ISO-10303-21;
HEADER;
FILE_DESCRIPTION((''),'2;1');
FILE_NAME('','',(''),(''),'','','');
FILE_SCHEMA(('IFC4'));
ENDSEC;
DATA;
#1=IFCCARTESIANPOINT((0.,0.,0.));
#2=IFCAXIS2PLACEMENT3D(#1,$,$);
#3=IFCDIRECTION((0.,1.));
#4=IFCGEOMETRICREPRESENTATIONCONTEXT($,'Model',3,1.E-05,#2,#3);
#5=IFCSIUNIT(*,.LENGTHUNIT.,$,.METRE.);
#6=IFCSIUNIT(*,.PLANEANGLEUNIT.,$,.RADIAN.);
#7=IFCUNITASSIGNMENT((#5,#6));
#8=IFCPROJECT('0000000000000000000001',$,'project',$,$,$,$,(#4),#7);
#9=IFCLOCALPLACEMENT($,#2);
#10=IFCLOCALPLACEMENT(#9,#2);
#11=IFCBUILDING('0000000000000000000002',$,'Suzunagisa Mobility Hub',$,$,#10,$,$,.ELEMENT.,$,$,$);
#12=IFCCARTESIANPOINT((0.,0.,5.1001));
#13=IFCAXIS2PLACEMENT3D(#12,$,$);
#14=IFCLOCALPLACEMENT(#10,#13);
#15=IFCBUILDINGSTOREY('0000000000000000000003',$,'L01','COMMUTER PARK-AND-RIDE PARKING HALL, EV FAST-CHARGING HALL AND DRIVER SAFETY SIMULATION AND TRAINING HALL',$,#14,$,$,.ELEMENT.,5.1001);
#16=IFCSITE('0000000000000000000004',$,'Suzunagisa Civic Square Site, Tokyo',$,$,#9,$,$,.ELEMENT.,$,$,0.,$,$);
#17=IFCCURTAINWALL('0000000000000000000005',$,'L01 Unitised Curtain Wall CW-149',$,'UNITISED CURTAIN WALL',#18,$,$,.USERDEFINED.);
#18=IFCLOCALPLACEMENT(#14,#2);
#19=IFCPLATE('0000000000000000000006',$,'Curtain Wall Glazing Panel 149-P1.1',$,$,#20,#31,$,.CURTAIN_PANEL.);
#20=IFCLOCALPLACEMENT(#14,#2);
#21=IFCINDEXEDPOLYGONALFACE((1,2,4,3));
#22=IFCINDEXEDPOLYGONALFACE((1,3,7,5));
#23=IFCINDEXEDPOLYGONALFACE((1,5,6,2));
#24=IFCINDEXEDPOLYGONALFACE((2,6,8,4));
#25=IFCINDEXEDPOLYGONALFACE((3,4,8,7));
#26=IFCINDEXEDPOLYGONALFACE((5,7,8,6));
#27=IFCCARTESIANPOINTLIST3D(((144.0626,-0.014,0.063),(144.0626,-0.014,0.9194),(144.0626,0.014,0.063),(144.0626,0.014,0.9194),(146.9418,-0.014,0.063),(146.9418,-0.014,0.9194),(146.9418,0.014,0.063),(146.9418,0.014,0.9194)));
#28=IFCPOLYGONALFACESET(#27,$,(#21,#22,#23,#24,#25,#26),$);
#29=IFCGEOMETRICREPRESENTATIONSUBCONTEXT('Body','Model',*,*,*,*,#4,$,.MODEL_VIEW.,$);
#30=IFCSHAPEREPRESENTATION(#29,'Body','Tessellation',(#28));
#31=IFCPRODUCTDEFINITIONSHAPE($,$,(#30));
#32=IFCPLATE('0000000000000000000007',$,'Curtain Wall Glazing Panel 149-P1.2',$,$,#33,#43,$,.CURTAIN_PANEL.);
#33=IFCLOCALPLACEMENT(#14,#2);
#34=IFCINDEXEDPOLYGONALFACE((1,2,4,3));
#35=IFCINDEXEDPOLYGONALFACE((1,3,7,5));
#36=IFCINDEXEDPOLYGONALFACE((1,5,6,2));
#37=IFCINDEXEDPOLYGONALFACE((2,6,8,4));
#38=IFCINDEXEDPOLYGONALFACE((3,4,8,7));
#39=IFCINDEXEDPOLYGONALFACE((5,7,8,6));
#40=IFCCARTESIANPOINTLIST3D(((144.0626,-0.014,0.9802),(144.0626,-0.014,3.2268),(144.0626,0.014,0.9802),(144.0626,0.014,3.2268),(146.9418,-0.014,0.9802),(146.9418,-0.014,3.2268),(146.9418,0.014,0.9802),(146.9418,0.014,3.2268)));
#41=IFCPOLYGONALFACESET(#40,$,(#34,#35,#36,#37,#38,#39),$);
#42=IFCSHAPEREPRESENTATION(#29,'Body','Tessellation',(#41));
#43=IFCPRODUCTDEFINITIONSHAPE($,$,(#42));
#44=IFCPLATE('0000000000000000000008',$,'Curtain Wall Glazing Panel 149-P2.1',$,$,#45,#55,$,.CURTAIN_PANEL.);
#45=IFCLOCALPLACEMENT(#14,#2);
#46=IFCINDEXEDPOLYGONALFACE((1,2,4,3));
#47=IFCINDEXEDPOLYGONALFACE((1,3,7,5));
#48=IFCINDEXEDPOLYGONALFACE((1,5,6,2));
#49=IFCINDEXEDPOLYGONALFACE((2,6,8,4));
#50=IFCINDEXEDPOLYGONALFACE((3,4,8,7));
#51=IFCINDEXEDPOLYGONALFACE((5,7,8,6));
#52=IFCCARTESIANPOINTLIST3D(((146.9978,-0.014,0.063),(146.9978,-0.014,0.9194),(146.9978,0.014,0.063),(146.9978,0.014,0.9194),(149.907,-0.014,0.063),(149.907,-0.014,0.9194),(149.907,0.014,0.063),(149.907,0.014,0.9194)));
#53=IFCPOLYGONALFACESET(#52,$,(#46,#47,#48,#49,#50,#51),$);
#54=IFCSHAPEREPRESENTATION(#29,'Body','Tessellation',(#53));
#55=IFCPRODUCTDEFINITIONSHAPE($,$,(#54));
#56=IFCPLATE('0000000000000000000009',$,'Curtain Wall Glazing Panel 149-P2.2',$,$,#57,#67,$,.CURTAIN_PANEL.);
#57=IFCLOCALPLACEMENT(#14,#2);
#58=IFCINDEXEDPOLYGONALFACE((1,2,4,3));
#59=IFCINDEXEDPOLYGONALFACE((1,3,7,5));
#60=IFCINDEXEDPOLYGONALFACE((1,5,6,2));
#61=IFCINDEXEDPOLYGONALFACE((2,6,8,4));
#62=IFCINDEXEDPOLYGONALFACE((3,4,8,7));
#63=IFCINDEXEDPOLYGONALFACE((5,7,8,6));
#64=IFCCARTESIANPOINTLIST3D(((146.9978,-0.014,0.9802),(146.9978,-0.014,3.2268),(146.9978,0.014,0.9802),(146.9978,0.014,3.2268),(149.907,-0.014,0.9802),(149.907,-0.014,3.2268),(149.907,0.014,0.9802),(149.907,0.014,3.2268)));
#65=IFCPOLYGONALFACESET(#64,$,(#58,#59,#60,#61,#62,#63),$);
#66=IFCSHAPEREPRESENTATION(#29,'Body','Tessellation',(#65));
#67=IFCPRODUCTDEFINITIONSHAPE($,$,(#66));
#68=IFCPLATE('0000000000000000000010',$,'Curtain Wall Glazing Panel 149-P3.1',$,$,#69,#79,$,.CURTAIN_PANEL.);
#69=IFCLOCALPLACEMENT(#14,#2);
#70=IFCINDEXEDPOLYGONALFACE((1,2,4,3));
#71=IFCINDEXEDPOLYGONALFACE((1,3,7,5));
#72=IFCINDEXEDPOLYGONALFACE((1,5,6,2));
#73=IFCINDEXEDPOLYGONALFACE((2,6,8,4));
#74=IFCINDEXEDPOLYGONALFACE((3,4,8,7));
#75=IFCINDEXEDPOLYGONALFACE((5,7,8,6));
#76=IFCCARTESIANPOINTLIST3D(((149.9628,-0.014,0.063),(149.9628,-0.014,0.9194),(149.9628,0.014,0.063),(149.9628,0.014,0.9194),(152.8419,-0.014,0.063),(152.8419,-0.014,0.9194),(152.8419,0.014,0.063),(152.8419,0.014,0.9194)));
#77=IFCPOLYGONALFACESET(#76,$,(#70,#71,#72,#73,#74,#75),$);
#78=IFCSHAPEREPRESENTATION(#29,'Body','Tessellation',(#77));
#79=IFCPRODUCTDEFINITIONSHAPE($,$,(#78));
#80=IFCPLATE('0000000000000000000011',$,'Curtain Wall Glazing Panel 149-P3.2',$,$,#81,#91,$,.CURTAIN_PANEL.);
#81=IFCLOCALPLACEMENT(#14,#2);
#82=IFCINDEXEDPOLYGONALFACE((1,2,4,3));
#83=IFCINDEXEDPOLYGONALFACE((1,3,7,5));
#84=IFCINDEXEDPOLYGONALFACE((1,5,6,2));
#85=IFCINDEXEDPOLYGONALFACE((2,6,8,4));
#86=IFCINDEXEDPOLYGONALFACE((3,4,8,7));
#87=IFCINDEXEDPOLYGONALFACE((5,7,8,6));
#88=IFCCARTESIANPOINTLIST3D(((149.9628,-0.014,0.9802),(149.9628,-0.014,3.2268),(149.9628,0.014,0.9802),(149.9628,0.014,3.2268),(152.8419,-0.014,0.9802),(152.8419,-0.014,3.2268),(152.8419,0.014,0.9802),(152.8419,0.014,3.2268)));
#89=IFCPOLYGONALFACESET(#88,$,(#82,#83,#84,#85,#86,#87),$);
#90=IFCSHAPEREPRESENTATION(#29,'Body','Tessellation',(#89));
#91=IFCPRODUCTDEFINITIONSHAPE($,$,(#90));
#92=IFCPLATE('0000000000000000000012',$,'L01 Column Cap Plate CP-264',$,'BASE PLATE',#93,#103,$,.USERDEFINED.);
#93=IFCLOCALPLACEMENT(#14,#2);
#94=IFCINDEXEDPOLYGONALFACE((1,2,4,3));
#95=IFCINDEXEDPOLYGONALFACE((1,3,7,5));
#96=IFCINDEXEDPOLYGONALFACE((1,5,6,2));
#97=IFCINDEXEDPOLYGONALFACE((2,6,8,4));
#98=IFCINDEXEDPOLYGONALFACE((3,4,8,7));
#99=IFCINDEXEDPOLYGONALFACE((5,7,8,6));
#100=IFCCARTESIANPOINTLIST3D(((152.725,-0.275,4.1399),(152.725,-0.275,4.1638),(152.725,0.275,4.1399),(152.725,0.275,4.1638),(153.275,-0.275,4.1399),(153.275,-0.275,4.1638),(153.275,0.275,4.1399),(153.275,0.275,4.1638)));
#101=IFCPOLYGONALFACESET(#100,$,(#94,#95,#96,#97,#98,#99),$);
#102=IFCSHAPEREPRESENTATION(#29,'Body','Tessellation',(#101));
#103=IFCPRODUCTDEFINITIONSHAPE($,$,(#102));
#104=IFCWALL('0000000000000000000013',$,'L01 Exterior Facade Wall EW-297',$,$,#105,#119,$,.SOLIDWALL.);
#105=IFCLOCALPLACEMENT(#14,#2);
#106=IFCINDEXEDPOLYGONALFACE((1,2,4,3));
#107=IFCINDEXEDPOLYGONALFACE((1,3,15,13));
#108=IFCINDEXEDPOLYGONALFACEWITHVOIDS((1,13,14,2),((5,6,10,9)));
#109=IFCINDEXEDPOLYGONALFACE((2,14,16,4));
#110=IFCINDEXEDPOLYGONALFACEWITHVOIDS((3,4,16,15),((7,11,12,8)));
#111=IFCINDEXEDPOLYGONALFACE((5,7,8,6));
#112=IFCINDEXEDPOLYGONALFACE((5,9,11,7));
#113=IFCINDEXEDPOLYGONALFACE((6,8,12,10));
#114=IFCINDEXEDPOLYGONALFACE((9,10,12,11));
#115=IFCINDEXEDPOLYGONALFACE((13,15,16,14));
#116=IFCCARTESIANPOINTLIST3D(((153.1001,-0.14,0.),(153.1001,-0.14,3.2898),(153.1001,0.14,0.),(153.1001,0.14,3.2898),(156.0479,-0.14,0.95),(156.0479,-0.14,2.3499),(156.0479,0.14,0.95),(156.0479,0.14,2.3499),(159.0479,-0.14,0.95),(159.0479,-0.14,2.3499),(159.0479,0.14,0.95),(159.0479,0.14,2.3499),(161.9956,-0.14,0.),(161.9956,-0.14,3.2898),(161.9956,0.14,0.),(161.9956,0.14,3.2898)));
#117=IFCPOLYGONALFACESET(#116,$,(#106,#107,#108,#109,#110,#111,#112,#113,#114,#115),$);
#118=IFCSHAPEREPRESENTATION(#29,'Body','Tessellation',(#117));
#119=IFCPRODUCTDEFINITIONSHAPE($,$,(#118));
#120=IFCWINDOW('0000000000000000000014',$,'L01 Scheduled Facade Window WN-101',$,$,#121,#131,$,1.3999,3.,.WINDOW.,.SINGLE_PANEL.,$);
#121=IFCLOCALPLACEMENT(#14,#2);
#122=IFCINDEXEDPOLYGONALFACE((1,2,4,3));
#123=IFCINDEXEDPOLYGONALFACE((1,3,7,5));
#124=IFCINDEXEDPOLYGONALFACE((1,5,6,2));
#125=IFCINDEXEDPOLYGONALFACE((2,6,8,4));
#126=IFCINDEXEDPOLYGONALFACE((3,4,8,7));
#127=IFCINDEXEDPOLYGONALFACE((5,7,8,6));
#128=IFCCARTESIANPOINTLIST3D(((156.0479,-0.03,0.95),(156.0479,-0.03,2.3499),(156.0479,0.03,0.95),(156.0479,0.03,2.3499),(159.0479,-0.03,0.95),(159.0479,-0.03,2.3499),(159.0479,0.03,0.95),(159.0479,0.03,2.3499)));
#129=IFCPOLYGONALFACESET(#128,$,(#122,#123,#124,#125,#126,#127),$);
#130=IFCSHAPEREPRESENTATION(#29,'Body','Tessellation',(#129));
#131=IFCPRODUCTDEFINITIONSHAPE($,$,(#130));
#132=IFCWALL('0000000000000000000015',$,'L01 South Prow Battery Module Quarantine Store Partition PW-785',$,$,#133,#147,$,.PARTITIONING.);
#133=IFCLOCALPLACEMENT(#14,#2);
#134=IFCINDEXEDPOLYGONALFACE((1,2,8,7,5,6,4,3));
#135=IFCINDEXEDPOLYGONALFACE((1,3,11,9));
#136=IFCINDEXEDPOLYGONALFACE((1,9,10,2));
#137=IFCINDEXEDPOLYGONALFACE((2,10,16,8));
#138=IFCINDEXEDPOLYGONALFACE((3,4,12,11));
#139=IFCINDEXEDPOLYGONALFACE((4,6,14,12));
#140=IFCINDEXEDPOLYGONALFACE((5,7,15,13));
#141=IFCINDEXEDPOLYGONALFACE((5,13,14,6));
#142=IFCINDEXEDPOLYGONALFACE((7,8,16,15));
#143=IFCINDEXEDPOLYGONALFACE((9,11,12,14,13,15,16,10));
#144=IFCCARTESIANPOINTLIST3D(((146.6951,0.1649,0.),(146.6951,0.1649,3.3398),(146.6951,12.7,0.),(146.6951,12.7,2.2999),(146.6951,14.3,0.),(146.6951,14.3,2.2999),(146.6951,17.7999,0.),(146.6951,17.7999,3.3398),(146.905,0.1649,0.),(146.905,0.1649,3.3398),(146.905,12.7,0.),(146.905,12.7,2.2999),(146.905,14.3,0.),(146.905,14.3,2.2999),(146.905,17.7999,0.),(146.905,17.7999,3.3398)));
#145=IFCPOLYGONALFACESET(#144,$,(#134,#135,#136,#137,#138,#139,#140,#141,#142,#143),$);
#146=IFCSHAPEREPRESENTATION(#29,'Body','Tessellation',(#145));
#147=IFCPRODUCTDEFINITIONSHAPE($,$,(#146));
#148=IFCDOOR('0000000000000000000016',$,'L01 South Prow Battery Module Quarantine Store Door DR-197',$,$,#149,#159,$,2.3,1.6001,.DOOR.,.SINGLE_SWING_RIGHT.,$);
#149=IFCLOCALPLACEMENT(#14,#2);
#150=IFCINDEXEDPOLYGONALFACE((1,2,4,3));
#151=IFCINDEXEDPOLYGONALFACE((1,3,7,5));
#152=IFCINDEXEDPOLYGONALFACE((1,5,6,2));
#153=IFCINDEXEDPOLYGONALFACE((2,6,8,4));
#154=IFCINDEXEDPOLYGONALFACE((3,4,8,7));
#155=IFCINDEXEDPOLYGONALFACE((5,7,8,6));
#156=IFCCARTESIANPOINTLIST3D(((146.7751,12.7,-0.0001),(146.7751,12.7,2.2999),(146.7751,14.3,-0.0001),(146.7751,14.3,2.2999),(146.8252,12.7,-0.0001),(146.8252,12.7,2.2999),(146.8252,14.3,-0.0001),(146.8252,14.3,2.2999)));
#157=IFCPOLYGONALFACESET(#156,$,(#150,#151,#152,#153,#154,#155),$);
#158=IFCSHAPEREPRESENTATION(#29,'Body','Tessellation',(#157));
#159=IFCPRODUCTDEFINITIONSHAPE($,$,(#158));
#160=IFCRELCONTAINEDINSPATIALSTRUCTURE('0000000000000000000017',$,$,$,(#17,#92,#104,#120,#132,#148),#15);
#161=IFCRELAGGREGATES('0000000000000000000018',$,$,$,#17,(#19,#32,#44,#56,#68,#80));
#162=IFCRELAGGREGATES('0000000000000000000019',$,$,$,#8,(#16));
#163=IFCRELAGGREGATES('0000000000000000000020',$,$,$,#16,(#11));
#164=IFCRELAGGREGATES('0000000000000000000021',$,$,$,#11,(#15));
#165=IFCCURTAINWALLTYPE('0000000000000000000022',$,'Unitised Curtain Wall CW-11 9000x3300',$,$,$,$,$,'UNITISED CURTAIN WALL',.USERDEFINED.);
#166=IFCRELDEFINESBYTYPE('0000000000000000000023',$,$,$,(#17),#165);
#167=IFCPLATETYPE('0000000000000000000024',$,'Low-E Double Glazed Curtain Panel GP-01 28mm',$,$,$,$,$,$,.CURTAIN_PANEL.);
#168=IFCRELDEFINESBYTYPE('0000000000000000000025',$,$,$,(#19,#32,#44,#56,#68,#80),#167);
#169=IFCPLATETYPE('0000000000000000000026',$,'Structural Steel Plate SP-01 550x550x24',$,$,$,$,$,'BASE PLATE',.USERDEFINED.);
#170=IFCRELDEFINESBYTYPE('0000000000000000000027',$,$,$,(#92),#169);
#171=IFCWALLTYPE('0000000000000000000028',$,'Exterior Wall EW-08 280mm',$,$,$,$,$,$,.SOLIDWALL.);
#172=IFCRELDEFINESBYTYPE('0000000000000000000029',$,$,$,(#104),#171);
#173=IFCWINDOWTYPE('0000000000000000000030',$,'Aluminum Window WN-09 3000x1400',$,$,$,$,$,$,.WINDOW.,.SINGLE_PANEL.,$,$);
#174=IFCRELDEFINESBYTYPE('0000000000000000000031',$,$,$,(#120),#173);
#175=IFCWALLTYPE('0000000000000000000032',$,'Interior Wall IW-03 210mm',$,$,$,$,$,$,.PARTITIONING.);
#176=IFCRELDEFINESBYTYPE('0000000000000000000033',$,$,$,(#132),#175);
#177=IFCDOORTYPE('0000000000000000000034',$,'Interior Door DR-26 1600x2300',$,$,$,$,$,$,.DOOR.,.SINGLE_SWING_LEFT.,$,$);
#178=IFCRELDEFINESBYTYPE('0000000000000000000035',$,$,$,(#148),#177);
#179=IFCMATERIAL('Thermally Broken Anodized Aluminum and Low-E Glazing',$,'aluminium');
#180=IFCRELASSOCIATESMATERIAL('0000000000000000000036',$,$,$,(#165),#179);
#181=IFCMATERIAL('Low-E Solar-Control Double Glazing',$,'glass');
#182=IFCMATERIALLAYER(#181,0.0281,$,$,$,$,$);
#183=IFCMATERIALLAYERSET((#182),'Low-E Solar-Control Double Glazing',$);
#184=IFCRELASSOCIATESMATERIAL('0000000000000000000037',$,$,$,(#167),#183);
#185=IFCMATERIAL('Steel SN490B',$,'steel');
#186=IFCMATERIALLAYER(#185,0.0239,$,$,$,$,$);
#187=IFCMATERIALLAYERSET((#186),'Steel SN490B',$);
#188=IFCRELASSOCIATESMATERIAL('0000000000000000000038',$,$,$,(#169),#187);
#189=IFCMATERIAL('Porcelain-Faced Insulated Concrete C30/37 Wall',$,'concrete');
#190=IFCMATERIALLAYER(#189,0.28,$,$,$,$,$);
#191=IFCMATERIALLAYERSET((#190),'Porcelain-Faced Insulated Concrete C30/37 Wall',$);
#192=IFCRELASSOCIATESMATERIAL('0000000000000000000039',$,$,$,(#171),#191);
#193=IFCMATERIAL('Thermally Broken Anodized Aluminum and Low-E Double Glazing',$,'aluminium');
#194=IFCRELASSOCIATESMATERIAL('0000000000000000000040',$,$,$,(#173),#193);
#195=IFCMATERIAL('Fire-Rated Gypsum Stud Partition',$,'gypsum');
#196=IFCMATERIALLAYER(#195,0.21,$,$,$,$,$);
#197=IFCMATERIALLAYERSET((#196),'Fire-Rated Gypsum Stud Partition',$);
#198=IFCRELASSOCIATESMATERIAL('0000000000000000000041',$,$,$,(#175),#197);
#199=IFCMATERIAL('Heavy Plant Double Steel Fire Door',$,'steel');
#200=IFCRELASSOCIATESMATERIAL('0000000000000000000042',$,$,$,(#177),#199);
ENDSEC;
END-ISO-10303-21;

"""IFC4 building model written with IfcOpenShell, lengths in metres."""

from ifc_helpers import new_model, si_unit, direction, frame, frame_2d, origin, origin_2d, place, context, subcontext, project, spatial, rectangle, extrude, material, layer, layer_set, type_object, element, fill, aggregate, save


model = new_model("IFC4")

# Units and contexts
model_context = context("Model", 3, precision=1e-05, world=origin(), true_north=direction((0.0, 1.0)))
body_context = subcontext(model_context, "Body", "Model", "MODEL_VIEW")
ifc_project = project(units=[si_unit("LENGTHUNIT", "METRE"), si_unit("PLANEANGLEUNIT", "RADIAN")], contexts=[model_context])

# Site, building, storey
site_placement = place(None, origin())
site = spatial("IfcSite", under=ifc_project, at=site_placement, Name="Suzunagisa Civic Square Site, Tokyo", CompositionType="ELEMENT", RefElevation=0.0)
building_placement = place(site_placement, origin())
building = spatial("IfcBuilding", under=site, at=building_placement, Name="Suzunagisa Mobility Hub", CompositionType="ELEMENT")
storey_placement = place(building_placement, frame((0.0, 0.0, 5.1001)))
storey = spatial("IfcBuildingStorey", under=building, at=storey_placement, Name="L01", Description="COMMUTER PARK-AND-RIDE PARKING HALL, EV FAST-CHARGING HALL AND DRIVER SAFETY SIMULATION AND TRAINING HALL", CompositionType="ELEMENT", Elevation=5.1001)

# Shared definitions
ifc_material_1 = material(Name="Steel SN490B", Category="steel")

# Curtain wall
ifc_material_2 = material(Name="Thermally Broken Anodized Aluminum and Low-E Glazing", Category="aluminium")
curtain_wall_type = type_object("IfcCurtainWallType", Name="Unitised Curtain Wall CW-11 9000x3300", ElementType="UNITISED CURTAIN WALL", PredefinedType="USERDEFINED", material=ifc_material_2)
curtain_wall_placement = place(storey_placement, origin())
curtain_wall = element("IfcCurtainWall", 1, at=curtain_wall_placement, inside=storey, type_object=curtain_wall_type, Name="L01 Unitised Curtain Wall CW-149", ObjectType="UNITISED CURTAIN WALL", PredefinedType="USERDEFINED")

# Plates
ifc_material_3 = material(Name="Low-E Solar-Control Double Glazing", Category="glass")
ifc_layer_1 = layer(ifc_material_3, 0.0281)
ifc_layer_set_1 = layer_set([ifc_layer_1], Name="Low-E Solar-Control Double Glazing")
plate_type_1 = type_object("IfcPlateType", Name="Low-E Double Glazed Curtain Panel GP-01 28mm", PredefinedType="CURTAIN_PANEL", material=ifc_layer_set_1)
plate_1_placement = place(storey_placement, frame((145.5022, 0.0, 0.063), z_axis=(0.0, 0.0, 1.0), x_axis=(1.0, 0.0, 0.0)))
plate_1 = element("IfcPlate", 2, at=plate_1_placement, type_object=plate_type_1, Name="Curtain Wall Glazing Panel 149-P1.1", PredefinedType="CURTAIN_PANEL", context=body_context, shape_type="SweptSolid", body=[
    extrude(rectangle(XDim=2.8792, YDim=0.0281, at=origin_2d()), origin(), (0.0, 0.0, 1.0), 0.8564),
])
plate_2_placement = place(storey_placement, frame((145.5022, 0.0, 0.9802), z_axis=(0.0, 0.0, 1.0), x_axis=(1.0, 0.0, 0.0)))
plate_2 = element("IfcPlate", 3, at=plate_2_placement, type_object=plate_type_1, Name="Curtain Wall Glazing Panel 149-P1.2", PredefinedType="CURTAIN_PANEL", context=body_context, shape_type="SweptSolid", body=[
    extrude(rectangle(XDim=2.8792, YDim=0.0281, at=origin_2d()), origin(), (0.0, 0.0, 1.0), 2.2466),
])
plate_3_placement = place(storey_placement, frame((148.4524, 0.0, 0.063), z_axis=(0.0, 0.0, 1.0), x_axis=(1.0, 0.0, 0.0)))
plate_3 = element("IfcPlate", 4, at=plate_3_placement, type_object=plate_type_1, Name="Curtain Wall Glazing Panel 149-P2.1", PredefinedType="CURTAIN_PANEL", context=body_context, shape_type="SweptSolid", body=[
    extrude(rectangle(XDim=2.9092, YDim=0.0281, at=origin_2d()), origin(), (0.0, 0.0, 1.0), 0.8564),
])
plate_4_placement = place(storey_placement, frame((148.4524, 0.0, 0.9802), z_axis=(0.0, 0.0, 1.0), x_axis=(1.0, 0.0, 0.0)))
plate_4 = element("IfcPlate", 5, at=plate_4_placement, type_object=plate_type_1, Name="Curtain Wall Glazing Panel 149-P2.2", PredefinedType="CURTAIN_PANEL", context=body_context, shape_type="SweptSolid", body=[
    extrude(rectangle(XDim=2.9092, YDim=0.0281, at=origin_2d()), origin(), (0.0, 0.0, 1.0), 2.2466),
])
plate_5_placement = place(storey_placement, frame((151.4023, 0.0, 0.063), z_axis=(0.0, 0.0, 1.0), x_axis=(1.0, 0.0, 0.0)))
plate_5 = element("IfcPlate", 6, at=plate_5_placement, type_object=plate_type_1, Name="Curtain Wall Glazing Panel 149-P3.1", PredefinedType="CURTAIN_PANEL", context=body_context, shape_type="SweptSolid", body=[
    extrude(rectangle(XDim=2.8792, YDim=0.0281, at=origin_2d()), origin(), (0.0, 0.0, 1.0), 0.8564),
])
plate_6_placement = place(storey_placement, frame((151.4023, 0.0, 0.9802), z_axis=(0.0, 0.0, 1.0), x_axis=(1.0, 0.0, 0.0)))
plate_6 = element("IfcPlate", 7, at=plate_6_placement, type_object=plate_type_1, Name="Curtain Wall Glazing Panel 149-P3.2", PredefinedType="CURTAIN_PANEL", context=body_context, shape_type="SweptSolid", body=[
    extrude(rectangle(XDim=2.8792, YDim=0.0281, at=origin_2d()), origin(), (0.0, 0.0, 1.0), 2.2466),
])
aggregate(curtain_wall, [plate_1, plate_2, plate_3, plate_4, plate_5, plate_6])
ifc_layer_2 = layer(ifc_material_1, 0.0239)
ifc_layer_set_2 = layer_set([ifc_layer_2], Name="Steel SN490B")
plate_type_2 = type_object("IfcPlateType", Name="Structural Steel Plate SP-01 550x550x24", ElementType="BASE PLATE", PredefinedType="USERDEFINED", material=ifc_layer_set_2)
plate_7_placement = place(storey_placement, frame((153.0, 0.0, 4.1399), z_axis=(0.0, 0.0, 1.0), x_axis=(1.0, 0.0, 0.0)))
element("IfcPlate", 8, at=plate_7_placement, inside=storey, type_object=plate_type_2, Name="L01 Column Cap Plate CP-264", ObjectType="BASE PLATE", PredefinedType="USERDEFINED", context=body_context, shape_type="SweptSolid", body=[
    extrude(rectangle(XDim=0.55, YDim=0.55, at=origin_2d()), origin(), (0.0, 0.0, 1.0), 0.0239),
])

# Wall, opening, window
ifc_material_4 = material(Name="Porcelain-Faced Insulated Concrete C30/37 Wall", Category="concrete")
ifc_layer_3 = layer(ifc_material_4, 0.28)
ifc_layer_set_3 = layer_set([ifc_layer_3], Name="Porcelain-Faced Insulated Concrete C30/37 Wall")
wall_type_1 = type_object("IfcWallType", Name="Exterior Wall EW-08 280mm", PredefinedType="SOLIDWALL", material=ifc_layer_set_3)
wall_1_placement = place(storey_placement, frame((153.1001, 0.0, 0.0), z_axis=(0.0, 0.0, 1.0), x_axis=(1.0, 0.0, 0.0)))
wall_1 = element("IfcWall", 9, at=wall_1_placement, inside=storey, type_object=wall_type_1, Name="L01 Exterior Facade Wall EW-297", PredefinedType="SOLIDWALL", context=body_context, shape_type="SweptSolid", body=[
    extrude(rectangle(XDim=8.8955, YDim=0.28, at=frame_2d((4.4478, 0.0))), origin(), (0.0, 0.0, 1.0), 3.2898),
])
opening_1_placement = place(wall_1_placement, frame((2.9478, 0.0, 0.95)))
opening_1 = element("IfcOpeningElement", 10, at=opening_1_placement, cuts=wall_1, PredefinedType="OPENING", context=body_context, shape_type="SweptSolid", body=[
    extrude(rectangle(XDim=3.0, YDim=1.3999, at=frame_2d((1.5, 0.7))), frame((0.0, 0.1509, 0.0), z_axis=(0.0, -1.0, 0.0), x_axis=(1.0, 0.0, 0.0)), (0.0, 0.0, 1.0), 0.302),
])
ifc_material_5 = material(Name="Thermally Broken Anodized Aluminum and Low-E Double Glazing", Category="aluminium")
window_type = type_object("IfcWindowType", Name="Aluminum Window WN-09 3000x1400", PartitioningType="SINGLE_PANEL", PredefinedType="WINDOW", material=ifc_material_5)
window_placement = place(opening_1_placement, origin())
window = element("IfcWindow", 11, at=window_placement, inside=storey, type_object=window_type, Name="L01 Scheduled Facade Window WN-101", OverallHeight=1.3999, OverallWidth=3.0, PartitioningType="SINGLE_PANEL", PredefinedType="WINDOW", context=body_context, shape_type="SweptSolid", body=[
    extrude(rectangle(XDim=3.0, YDim=1.3999, at=frame_2d((1.5, 0.7))), frame((0.0, 0.03, 0.0), z_axis=(0.0, -1.0, 0.0), x_axis=(1.0, 0.0, 0.0)), (0.0, 0.0, 1.0), 0.0601),
])
fill(opening_1, window)

# Wall, opening, door
ifc_material_6 = material(Name="Fire-Rated Gypsum Stud Partition", Category="gypsum")
ifc_layer_4 = layer(ifc_material_6, 0.21)
ifc_layer_set_4 = layer_set([ifc_layer_4], Name="Fire-Rated Gypsum Stud Partition")
wall_type_2 = type_object("IfcWallType", Name="Interior Wall IW-03 210mm", PredefinedType="PARTITIONING", material=ifc_layer_set_4)
wall_2_placement = place(storey_placement, frame((146.8, 0.165, 0.0), z_axis=(0.0, 0.0, 1.0), x_axis=(0.0, 1.0, 0.0)))
wall_2 = element("IfcWall", 12, at=wall_2_placement, inside=storey, type_object=wall_type_2, Name="L01 South Prow Battery Module Quarantine Store Partition PW-785", PredefinedType="PARTITIONING", context=body_context, shape_type="SweptSolid", body=[
    extrude(rectangle(XDim=17.635, YDim=0.21, at=frame_2d((8.8174, 0.0))), origin(), (0.0, 0.0, 1.0), 3.3398),
])
opening_2_placement = place(wall_2_placement, frame((12.5349, 0.0, 0.0)))
opening_2 = element("IfcOpeningElement", 13, at=opening_2_placement, cuts=wall_2, PredefinedType="OPENING", context=body_context, shape_type="SweptSolid", body=[
    extrude(rectangle(XDim=1.6001, YDim=2.3, at=frame_2d((0.8, 1.1499))), frame((0.0, 0.116, 0.0), z_axis=(0.0, -1.0, 0.0), x_axis=(1.0, 0.0, 0.0)), (0.0, 0.0, 1.0), 0.2319),
])
ifc_material_7 = material(Name="Heavy Plant Double Steel Fire Door", Category="steel")
door_type = type_object("IfcDoorType", Name="Interior Door DR-26 1600x2300", OperationType="SINGLE_SWING_LEFT", PredefinedType="DOOR", material=ifc_material_7)
door_placement = place(opening_2_placement, origin())
door = element("IfcDoor", 14, at=door_placement, inside=storey, type_object=door_type, Name="L01 South Prow Battery Module Quarantine Store Door DR-197", OperationType="SINGLE_SWING_RIGHT", OverallHeight=2.3, OverallWidth=1.6001, PredefinedType="DOOR", context=body_context, shape_type="SweptSolid", body=[
    extrude(rectangle(XDim=1.6001, YDim=2.3, at=frame_2d((0.8, 1.1499))), frame((0.0, 0.0249, 0.0), z_axis=(0.0, -1.0, 0.0), x_axis=(1.0, 0.0, 0.0)), (0.0, 0.0, 1.0), 0.05),
])
fill(opening_2, door)

save(model, "model.ifc")
